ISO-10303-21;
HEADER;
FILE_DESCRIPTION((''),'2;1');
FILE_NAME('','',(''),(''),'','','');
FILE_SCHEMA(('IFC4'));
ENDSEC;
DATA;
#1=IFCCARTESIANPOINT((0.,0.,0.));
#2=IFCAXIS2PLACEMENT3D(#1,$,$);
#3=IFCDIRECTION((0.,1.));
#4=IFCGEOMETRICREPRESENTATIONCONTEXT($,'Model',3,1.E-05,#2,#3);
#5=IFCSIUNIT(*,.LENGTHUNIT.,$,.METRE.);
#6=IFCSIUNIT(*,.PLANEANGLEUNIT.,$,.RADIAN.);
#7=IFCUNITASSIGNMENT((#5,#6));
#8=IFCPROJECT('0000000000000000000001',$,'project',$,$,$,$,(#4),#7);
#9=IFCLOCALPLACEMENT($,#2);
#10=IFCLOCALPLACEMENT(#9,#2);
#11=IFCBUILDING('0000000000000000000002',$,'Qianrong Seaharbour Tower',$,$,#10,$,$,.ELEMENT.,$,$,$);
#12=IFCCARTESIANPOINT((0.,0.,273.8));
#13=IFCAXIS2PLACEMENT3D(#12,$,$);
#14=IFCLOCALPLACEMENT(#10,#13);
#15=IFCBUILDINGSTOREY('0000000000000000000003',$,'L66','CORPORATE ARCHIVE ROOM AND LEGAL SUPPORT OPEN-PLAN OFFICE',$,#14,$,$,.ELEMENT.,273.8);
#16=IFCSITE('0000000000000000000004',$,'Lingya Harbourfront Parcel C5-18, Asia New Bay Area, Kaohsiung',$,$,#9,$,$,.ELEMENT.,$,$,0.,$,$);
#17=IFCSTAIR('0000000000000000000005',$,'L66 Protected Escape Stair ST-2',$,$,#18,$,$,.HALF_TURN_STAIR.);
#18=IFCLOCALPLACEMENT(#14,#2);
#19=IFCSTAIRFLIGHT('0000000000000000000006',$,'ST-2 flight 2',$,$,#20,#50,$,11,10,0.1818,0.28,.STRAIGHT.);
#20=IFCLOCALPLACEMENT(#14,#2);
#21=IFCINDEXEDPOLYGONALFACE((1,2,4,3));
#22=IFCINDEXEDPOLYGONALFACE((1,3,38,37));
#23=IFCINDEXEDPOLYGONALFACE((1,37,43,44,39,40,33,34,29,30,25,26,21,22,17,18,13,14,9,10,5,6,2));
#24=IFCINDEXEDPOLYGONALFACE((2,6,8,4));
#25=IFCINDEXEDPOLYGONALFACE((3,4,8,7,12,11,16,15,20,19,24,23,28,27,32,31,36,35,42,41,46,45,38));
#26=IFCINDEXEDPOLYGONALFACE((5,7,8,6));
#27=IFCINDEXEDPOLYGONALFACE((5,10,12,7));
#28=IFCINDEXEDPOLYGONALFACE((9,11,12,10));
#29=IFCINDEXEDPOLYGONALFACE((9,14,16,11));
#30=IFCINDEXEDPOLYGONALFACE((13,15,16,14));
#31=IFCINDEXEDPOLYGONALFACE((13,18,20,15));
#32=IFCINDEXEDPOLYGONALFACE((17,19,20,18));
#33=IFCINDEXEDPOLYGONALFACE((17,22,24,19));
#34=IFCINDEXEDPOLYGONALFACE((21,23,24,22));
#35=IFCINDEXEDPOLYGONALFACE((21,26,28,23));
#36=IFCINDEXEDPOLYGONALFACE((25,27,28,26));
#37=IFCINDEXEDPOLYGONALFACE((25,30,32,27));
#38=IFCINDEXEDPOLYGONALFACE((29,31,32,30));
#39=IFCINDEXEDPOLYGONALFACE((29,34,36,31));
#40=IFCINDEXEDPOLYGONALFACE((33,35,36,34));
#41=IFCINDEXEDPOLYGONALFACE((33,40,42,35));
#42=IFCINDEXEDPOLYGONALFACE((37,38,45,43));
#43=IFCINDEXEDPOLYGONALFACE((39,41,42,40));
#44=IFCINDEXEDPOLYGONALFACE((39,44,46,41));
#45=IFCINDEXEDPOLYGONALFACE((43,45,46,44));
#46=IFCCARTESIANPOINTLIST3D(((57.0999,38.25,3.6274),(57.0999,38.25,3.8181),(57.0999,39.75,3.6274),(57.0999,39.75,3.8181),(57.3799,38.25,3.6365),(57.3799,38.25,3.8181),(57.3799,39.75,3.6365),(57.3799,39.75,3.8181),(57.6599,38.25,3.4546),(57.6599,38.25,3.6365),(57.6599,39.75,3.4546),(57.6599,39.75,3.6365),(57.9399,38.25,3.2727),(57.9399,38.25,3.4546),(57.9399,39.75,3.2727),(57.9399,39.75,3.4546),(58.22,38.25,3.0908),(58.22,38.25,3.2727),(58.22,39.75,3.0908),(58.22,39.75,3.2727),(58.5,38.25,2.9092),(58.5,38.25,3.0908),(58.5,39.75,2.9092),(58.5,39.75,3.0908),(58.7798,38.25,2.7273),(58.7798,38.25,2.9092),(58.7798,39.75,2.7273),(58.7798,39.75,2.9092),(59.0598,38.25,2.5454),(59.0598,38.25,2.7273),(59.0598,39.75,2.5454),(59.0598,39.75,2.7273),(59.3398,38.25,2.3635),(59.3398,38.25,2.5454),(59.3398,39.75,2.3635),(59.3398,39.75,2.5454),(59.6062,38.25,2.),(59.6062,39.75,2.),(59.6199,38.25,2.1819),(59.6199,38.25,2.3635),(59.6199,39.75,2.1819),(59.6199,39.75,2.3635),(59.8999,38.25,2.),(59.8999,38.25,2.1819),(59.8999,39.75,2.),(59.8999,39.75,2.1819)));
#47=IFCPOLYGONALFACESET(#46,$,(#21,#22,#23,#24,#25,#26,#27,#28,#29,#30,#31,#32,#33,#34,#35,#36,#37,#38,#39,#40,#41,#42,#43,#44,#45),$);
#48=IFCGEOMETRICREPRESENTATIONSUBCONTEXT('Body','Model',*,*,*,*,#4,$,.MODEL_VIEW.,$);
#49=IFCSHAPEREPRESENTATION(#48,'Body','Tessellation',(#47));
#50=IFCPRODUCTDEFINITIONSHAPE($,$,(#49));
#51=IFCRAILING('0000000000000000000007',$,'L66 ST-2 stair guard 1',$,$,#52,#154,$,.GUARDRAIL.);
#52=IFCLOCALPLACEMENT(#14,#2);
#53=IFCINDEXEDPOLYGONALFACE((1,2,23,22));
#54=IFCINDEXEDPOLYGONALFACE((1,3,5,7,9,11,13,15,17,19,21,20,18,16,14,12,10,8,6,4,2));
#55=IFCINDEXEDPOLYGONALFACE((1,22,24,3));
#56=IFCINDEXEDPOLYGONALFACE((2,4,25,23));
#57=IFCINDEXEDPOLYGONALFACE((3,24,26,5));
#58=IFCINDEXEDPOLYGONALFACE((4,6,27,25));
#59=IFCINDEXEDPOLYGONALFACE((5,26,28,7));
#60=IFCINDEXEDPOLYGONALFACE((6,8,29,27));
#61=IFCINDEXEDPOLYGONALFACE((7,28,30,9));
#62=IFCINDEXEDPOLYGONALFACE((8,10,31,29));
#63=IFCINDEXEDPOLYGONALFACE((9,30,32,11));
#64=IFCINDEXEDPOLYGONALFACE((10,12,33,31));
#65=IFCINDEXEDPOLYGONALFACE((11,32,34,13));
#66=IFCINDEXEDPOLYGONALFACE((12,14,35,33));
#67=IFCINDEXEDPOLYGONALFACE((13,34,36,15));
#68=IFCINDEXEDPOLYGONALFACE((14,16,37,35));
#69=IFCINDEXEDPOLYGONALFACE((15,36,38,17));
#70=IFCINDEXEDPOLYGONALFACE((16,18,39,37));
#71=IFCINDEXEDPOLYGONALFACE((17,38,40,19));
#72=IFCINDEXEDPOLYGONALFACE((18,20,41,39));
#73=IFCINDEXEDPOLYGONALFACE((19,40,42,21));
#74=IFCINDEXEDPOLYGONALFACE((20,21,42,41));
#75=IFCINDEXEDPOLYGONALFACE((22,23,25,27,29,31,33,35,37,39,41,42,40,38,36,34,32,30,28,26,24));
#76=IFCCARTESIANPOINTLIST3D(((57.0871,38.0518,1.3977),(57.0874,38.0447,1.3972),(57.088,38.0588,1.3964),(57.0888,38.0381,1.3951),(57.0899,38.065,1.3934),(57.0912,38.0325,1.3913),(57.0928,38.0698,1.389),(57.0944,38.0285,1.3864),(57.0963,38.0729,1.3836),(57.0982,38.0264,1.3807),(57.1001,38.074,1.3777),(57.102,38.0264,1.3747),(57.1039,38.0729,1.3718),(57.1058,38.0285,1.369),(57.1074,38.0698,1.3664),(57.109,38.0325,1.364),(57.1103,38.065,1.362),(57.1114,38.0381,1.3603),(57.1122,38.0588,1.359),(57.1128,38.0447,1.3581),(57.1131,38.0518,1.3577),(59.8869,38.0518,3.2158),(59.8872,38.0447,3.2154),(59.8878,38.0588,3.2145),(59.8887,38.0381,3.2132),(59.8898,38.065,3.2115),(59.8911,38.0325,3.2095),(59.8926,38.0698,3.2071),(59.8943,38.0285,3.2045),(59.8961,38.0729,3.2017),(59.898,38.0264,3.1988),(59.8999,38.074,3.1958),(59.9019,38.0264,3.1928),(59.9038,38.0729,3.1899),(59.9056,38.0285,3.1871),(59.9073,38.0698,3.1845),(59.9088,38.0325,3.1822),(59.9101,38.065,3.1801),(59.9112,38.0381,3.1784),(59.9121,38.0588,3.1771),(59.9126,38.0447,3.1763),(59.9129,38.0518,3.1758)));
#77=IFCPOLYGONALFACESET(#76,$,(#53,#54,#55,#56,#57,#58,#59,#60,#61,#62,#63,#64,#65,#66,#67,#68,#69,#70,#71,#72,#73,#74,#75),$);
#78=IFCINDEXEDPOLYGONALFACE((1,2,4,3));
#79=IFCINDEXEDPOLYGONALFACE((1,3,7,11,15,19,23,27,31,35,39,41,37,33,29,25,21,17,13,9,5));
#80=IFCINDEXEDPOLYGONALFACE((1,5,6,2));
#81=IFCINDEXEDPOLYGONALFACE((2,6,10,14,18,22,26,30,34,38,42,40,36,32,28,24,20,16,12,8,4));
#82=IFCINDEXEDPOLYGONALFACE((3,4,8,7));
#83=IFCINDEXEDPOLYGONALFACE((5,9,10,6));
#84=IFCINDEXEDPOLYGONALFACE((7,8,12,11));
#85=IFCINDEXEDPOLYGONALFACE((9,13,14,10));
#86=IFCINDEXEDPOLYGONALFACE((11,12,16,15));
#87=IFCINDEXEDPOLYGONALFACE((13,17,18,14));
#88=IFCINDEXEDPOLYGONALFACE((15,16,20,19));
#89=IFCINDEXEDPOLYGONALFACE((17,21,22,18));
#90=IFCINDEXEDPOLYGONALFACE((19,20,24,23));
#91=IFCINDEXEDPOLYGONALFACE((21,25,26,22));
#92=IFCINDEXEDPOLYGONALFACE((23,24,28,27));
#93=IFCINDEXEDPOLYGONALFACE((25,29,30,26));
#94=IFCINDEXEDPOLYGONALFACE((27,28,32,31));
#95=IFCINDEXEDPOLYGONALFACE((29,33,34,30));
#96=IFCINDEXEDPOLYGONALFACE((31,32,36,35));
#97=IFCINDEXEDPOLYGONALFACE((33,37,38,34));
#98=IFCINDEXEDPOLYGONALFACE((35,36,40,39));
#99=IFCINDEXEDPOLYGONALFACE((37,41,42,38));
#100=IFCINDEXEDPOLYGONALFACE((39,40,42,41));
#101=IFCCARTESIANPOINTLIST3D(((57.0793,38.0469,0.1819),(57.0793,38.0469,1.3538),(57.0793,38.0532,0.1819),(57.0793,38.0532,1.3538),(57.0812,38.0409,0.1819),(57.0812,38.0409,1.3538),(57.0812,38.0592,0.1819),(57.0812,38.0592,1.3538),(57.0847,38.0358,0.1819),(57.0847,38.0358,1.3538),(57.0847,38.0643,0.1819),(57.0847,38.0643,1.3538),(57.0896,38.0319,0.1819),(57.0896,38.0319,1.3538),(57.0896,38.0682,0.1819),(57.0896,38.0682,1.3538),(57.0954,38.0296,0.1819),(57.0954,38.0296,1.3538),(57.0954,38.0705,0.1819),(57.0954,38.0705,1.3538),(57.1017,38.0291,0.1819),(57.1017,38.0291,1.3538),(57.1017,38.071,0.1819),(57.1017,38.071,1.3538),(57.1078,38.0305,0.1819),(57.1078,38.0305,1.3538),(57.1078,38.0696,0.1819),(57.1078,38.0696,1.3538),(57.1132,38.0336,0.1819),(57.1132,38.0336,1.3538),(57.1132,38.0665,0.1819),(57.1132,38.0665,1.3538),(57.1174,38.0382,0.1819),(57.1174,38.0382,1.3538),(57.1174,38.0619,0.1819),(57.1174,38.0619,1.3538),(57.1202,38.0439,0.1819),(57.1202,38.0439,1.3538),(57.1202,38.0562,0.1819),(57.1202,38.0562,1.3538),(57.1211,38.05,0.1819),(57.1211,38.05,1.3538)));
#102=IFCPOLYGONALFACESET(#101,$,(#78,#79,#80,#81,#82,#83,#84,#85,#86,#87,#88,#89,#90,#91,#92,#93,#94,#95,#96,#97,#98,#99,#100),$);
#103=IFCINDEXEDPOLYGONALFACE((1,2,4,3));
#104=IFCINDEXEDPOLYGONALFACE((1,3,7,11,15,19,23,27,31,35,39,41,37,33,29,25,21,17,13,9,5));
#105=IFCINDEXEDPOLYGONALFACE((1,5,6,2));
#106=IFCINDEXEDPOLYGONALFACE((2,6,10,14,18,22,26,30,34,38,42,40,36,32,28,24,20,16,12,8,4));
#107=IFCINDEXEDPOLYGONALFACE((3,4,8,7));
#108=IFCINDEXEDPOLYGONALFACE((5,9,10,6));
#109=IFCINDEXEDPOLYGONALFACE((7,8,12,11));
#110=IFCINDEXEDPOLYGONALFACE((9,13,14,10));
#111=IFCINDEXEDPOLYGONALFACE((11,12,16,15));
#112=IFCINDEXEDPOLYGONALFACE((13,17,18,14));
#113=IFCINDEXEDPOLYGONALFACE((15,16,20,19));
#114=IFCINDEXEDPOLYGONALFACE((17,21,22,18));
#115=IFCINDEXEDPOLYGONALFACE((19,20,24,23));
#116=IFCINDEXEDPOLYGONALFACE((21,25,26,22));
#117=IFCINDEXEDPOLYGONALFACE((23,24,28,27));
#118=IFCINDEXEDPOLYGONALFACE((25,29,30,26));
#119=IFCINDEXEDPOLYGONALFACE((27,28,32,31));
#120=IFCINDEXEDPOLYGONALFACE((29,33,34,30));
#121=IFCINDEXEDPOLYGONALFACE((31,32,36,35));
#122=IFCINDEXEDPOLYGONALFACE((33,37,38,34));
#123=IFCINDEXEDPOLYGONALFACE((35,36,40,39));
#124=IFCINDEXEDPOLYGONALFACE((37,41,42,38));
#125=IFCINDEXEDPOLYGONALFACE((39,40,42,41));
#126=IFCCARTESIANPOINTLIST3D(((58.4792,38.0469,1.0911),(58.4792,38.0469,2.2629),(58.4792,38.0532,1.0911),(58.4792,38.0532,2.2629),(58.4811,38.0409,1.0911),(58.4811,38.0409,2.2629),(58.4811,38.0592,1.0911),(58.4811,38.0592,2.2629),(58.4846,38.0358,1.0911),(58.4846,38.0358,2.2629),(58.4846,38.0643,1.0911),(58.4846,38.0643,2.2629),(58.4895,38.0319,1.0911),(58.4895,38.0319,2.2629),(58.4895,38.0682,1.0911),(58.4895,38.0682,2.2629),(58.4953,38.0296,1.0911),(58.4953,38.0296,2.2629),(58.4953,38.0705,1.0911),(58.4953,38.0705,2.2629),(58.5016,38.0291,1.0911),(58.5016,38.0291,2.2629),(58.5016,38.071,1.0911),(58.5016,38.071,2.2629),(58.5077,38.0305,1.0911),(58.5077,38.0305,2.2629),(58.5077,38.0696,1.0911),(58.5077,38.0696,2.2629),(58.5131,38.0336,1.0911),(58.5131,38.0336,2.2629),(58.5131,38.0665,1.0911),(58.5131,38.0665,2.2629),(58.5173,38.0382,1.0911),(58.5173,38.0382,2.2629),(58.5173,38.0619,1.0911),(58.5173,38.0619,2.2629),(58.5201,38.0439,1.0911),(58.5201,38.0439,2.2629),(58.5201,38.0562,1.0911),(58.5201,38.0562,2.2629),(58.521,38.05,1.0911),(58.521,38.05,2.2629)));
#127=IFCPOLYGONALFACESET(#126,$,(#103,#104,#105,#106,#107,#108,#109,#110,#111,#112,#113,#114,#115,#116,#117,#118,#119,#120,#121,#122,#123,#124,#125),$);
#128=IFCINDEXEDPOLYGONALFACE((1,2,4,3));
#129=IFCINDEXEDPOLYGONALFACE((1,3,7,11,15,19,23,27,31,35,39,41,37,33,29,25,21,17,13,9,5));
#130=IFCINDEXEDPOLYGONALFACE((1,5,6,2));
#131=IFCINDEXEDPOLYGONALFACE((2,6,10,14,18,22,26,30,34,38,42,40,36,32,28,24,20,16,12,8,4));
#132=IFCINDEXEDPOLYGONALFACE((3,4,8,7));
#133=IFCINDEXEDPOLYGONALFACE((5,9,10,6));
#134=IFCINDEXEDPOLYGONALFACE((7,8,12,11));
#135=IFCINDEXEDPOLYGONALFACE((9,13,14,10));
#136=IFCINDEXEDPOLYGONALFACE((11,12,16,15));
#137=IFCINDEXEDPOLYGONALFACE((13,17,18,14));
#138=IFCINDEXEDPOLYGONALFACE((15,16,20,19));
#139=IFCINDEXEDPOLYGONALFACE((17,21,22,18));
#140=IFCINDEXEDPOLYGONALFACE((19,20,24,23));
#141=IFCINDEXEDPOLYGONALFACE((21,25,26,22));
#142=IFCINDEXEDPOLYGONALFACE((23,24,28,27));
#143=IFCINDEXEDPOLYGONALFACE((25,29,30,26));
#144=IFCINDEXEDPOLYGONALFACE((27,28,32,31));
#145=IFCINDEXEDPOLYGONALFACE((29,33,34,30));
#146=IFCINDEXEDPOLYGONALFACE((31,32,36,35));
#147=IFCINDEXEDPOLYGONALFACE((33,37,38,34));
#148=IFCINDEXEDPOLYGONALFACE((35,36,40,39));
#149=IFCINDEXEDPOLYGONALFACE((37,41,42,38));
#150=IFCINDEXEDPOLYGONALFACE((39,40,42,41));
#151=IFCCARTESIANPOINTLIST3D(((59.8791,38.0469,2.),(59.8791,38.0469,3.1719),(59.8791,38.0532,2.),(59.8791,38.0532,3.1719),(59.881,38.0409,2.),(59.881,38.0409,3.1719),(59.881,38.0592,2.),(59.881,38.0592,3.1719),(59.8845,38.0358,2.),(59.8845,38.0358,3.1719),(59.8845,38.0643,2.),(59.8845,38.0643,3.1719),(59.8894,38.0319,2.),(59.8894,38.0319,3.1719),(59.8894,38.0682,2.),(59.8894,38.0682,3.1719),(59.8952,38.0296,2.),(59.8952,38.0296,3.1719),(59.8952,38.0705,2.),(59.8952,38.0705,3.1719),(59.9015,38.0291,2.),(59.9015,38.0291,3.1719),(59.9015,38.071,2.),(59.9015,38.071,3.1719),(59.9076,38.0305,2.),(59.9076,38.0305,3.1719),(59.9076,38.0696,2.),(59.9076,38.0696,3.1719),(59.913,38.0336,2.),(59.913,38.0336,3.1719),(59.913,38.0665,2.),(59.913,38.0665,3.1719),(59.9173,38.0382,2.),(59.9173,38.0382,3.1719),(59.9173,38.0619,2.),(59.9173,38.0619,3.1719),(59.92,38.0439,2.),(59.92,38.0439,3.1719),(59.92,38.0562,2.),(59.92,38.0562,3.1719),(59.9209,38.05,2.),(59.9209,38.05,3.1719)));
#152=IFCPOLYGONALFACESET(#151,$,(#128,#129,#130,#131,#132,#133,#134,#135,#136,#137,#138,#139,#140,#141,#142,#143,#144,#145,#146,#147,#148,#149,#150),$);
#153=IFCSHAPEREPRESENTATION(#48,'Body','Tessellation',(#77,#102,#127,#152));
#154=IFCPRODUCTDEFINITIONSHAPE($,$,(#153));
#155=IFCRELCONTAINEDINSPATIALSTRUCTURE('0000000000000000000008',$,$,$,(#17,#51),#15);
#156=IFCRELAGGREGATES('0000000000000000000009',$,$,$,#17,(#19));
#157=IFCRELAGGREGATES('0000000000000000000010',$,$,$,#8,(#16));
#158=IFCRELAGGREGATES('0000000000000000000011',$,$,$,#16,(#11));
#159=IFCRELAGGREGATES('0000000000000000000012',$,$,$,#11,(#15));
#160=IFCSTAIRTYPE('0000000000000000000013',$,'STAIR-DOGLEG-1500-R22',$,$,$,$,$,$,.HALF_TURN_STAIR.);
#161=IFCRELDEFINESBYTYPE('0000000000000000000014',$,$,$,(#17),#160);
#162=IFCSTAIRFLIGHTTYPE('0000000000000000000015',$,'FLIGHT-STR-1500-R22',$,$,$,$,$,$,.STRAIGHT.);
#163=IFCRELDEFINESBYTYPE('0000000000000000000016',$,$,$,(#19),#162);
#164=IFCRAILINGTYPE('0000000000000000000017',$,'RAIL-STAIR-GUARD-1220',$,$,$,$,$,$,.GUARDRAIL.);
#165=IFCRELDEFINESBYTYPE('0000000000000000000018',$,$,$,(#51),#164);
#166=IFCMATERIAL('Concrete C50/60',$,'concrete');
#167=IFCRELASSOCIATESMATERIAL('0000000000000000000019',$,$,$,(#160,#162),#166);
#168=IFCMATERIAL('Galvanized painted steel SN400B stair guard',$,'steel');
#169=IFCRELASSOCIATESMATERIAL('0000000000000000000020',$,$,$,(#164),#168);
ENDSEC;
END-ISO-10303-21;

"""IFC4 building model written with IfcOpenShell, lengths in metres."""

from ifc_helpers import new_model, si_unit, direction, frame, origin, origin_2d, place, context, subcontext, project, spatial, polyline, circle, outline, extrude, material, type_object, element, aggregate, save


model = new_model("IFC4")

# Units and contexts
model_context = context("Model", 3, precision=1e-05, world=origin(), true_north=direction((0.0, 1.0)))
body_context = subcontext(model_context, "Body", "Model", "MODEL_VIEW")
ifc_project = project(units=[si_unit("LENGTHUNIT", "METRE"), si_unit("PLANEANGLEUNIT", "RADIAN")], contexts=[model_context])

# Site, building, storey
site_placement = place(None, origin())
site = spatial("IfcSite", under=ifc_project, at=site_placement, Name="Lingya Harbourfront Parcel C5-18, Asia New Bay Area, Kaohsiung", CompositionType="ELEMENT", RefElevation=0.0)
building_placement = place(site_placement, origin())
building = spatial("IfcBuilding", under=site, at=building_placement, Name="Qianrong Seaharbour Tower", CompositionType="ELEMENT")
storey_placement = place(building_placement, frame((0.0, 0.0, 273.8)))
storey = spatial("IfcBuildingStorey", under=building, at=storey_placement, Name="L66", Description="CORPORATE ARCHIVE ROOM AND LEGAL SUPPORT OPEN-PLAN OFFICE", CompositionType="ELEMENT", Elevation=273.8)

# Shared definitions
ifc_material_1 = material(Name="Concrete C50/60", Category="concrete")

# Stair, stair flight
stair_type = type_object("IfcStairType", Name="STAIR-DOGLEG-1500-R22", PredefinedType="HALF_TURN_STAIR", material=ifc_material_1)
stair_placement = place(storey_placement, origin())
stair = element("IfcStair", 1, at=stair_placement, inside=storey, type_object=stair_type, Name="L66 Protected Escape Stair ST-2", PredefinedType="HALF_TURN_STAIR")
stair_flight_type = type_object("IfcStairFlightType", Name="FLIGHT-STR-1500-R22", PredefinedType="STRAIGHT", material=ifc_material_1)
stair_flight_1_placement = place(storey_placement, frame((59.8999, 39.0, 2.0), z_axis=(0.0, 0.0, 1.0), x_axis=(-1.0, 0.0, 0.0)))
stair_flight_1 = element("IfcStairFlight", 2, at=stair_flight_1_placement, type_object=stair_flight_type, Name="ST-2 flight 2", NumberOfRisers=11, NumberOfTreads=10, PredefinedType="STRAIGHT", RiserHeight=0.1818, TreadLength=0.28, context=body_context, shape_type="SweptSolid", body=[
    extrude(outline(polyline([(0.0, 0.0), (0.0, 0.1819), (0.28, 0.1819), (0.28, 0.3635), (0.5601, 0.3635), (0.5601, 0.5454), (0.8401, 0.5454), (0.8401, 0.7273), (1.1201, 0.7273), (1.1201, 0.9092), (1.3999, 0.9092), (1.3999, 1.0908), (1.6799, 1.0908), (1.6799, 1.2727), (1.96, 1.2727), (1.96, 1.4546), (2.24, 1.4546), (2.24, 1.6365), (2.52, 1.6365), (2.52, 1.8181), (2.8, 1.8181), (2.8, 2.0), (2.8, 1.6274), (0.2937, 0.0), (0.0, 0.0)])), frame((0.0, 0.75, 0.0), z_axis=(0.0, -1.0, 0.0), x_axis=(1.0, 0.0, 0.0)), (0.0, 0.0, 1.0), 1.5),
])
aggregate(stair, [stair_flight_1])

# Railing
ifc_material_2 = material(Name="Galvanized painted steel SN400B stair guard", Category="steel")
railing_type_1 = type_object("IfcRailingType", Name="RAIL-STAIR-GUARD-1220", PredefinedType="GUARDRAIL", material=ifc_material_2)
railing_1_placement = place(storey_placement, frame((57.1001, 38.05, 0.1819)))
element("IfcRailing", 3, at=railing_1_placement, inside=storey, type_object=railing_type_1, Name="L66 ST-2 stair guard 1", PredefinedType="GUARDRAIL", context=body_context, shape_type="SweptSolid", body=[
    extrude(circle(Radius=0.0239, at=origin_2d()), frame((0.0, 0.0, 1.1958), z_axis=(0.838684, 0.0, 0.544618), x_axis=(0.0, 1.0, 0.0)), (0.0, 0.0, 1.0), 3.3384),
    extrude(circle(Radius=0.021, at=origin_2d()), origin(), (0.0, 0.0, 1.0), 1.1719),
    extrude(circle(Radius=0.021, at=origin_2d()), frame((1.3999, 0.0, 0.9092)), (0.0, 0.0, 1.0), 1.1719),
    extrude(circle(Radius=0.021, at=origin_2d()), frame((2.7998, 0.0, 1.8181)), (0.0, 0.0, 1.0), 1.1719),
])

save(model, "model.ifc")
